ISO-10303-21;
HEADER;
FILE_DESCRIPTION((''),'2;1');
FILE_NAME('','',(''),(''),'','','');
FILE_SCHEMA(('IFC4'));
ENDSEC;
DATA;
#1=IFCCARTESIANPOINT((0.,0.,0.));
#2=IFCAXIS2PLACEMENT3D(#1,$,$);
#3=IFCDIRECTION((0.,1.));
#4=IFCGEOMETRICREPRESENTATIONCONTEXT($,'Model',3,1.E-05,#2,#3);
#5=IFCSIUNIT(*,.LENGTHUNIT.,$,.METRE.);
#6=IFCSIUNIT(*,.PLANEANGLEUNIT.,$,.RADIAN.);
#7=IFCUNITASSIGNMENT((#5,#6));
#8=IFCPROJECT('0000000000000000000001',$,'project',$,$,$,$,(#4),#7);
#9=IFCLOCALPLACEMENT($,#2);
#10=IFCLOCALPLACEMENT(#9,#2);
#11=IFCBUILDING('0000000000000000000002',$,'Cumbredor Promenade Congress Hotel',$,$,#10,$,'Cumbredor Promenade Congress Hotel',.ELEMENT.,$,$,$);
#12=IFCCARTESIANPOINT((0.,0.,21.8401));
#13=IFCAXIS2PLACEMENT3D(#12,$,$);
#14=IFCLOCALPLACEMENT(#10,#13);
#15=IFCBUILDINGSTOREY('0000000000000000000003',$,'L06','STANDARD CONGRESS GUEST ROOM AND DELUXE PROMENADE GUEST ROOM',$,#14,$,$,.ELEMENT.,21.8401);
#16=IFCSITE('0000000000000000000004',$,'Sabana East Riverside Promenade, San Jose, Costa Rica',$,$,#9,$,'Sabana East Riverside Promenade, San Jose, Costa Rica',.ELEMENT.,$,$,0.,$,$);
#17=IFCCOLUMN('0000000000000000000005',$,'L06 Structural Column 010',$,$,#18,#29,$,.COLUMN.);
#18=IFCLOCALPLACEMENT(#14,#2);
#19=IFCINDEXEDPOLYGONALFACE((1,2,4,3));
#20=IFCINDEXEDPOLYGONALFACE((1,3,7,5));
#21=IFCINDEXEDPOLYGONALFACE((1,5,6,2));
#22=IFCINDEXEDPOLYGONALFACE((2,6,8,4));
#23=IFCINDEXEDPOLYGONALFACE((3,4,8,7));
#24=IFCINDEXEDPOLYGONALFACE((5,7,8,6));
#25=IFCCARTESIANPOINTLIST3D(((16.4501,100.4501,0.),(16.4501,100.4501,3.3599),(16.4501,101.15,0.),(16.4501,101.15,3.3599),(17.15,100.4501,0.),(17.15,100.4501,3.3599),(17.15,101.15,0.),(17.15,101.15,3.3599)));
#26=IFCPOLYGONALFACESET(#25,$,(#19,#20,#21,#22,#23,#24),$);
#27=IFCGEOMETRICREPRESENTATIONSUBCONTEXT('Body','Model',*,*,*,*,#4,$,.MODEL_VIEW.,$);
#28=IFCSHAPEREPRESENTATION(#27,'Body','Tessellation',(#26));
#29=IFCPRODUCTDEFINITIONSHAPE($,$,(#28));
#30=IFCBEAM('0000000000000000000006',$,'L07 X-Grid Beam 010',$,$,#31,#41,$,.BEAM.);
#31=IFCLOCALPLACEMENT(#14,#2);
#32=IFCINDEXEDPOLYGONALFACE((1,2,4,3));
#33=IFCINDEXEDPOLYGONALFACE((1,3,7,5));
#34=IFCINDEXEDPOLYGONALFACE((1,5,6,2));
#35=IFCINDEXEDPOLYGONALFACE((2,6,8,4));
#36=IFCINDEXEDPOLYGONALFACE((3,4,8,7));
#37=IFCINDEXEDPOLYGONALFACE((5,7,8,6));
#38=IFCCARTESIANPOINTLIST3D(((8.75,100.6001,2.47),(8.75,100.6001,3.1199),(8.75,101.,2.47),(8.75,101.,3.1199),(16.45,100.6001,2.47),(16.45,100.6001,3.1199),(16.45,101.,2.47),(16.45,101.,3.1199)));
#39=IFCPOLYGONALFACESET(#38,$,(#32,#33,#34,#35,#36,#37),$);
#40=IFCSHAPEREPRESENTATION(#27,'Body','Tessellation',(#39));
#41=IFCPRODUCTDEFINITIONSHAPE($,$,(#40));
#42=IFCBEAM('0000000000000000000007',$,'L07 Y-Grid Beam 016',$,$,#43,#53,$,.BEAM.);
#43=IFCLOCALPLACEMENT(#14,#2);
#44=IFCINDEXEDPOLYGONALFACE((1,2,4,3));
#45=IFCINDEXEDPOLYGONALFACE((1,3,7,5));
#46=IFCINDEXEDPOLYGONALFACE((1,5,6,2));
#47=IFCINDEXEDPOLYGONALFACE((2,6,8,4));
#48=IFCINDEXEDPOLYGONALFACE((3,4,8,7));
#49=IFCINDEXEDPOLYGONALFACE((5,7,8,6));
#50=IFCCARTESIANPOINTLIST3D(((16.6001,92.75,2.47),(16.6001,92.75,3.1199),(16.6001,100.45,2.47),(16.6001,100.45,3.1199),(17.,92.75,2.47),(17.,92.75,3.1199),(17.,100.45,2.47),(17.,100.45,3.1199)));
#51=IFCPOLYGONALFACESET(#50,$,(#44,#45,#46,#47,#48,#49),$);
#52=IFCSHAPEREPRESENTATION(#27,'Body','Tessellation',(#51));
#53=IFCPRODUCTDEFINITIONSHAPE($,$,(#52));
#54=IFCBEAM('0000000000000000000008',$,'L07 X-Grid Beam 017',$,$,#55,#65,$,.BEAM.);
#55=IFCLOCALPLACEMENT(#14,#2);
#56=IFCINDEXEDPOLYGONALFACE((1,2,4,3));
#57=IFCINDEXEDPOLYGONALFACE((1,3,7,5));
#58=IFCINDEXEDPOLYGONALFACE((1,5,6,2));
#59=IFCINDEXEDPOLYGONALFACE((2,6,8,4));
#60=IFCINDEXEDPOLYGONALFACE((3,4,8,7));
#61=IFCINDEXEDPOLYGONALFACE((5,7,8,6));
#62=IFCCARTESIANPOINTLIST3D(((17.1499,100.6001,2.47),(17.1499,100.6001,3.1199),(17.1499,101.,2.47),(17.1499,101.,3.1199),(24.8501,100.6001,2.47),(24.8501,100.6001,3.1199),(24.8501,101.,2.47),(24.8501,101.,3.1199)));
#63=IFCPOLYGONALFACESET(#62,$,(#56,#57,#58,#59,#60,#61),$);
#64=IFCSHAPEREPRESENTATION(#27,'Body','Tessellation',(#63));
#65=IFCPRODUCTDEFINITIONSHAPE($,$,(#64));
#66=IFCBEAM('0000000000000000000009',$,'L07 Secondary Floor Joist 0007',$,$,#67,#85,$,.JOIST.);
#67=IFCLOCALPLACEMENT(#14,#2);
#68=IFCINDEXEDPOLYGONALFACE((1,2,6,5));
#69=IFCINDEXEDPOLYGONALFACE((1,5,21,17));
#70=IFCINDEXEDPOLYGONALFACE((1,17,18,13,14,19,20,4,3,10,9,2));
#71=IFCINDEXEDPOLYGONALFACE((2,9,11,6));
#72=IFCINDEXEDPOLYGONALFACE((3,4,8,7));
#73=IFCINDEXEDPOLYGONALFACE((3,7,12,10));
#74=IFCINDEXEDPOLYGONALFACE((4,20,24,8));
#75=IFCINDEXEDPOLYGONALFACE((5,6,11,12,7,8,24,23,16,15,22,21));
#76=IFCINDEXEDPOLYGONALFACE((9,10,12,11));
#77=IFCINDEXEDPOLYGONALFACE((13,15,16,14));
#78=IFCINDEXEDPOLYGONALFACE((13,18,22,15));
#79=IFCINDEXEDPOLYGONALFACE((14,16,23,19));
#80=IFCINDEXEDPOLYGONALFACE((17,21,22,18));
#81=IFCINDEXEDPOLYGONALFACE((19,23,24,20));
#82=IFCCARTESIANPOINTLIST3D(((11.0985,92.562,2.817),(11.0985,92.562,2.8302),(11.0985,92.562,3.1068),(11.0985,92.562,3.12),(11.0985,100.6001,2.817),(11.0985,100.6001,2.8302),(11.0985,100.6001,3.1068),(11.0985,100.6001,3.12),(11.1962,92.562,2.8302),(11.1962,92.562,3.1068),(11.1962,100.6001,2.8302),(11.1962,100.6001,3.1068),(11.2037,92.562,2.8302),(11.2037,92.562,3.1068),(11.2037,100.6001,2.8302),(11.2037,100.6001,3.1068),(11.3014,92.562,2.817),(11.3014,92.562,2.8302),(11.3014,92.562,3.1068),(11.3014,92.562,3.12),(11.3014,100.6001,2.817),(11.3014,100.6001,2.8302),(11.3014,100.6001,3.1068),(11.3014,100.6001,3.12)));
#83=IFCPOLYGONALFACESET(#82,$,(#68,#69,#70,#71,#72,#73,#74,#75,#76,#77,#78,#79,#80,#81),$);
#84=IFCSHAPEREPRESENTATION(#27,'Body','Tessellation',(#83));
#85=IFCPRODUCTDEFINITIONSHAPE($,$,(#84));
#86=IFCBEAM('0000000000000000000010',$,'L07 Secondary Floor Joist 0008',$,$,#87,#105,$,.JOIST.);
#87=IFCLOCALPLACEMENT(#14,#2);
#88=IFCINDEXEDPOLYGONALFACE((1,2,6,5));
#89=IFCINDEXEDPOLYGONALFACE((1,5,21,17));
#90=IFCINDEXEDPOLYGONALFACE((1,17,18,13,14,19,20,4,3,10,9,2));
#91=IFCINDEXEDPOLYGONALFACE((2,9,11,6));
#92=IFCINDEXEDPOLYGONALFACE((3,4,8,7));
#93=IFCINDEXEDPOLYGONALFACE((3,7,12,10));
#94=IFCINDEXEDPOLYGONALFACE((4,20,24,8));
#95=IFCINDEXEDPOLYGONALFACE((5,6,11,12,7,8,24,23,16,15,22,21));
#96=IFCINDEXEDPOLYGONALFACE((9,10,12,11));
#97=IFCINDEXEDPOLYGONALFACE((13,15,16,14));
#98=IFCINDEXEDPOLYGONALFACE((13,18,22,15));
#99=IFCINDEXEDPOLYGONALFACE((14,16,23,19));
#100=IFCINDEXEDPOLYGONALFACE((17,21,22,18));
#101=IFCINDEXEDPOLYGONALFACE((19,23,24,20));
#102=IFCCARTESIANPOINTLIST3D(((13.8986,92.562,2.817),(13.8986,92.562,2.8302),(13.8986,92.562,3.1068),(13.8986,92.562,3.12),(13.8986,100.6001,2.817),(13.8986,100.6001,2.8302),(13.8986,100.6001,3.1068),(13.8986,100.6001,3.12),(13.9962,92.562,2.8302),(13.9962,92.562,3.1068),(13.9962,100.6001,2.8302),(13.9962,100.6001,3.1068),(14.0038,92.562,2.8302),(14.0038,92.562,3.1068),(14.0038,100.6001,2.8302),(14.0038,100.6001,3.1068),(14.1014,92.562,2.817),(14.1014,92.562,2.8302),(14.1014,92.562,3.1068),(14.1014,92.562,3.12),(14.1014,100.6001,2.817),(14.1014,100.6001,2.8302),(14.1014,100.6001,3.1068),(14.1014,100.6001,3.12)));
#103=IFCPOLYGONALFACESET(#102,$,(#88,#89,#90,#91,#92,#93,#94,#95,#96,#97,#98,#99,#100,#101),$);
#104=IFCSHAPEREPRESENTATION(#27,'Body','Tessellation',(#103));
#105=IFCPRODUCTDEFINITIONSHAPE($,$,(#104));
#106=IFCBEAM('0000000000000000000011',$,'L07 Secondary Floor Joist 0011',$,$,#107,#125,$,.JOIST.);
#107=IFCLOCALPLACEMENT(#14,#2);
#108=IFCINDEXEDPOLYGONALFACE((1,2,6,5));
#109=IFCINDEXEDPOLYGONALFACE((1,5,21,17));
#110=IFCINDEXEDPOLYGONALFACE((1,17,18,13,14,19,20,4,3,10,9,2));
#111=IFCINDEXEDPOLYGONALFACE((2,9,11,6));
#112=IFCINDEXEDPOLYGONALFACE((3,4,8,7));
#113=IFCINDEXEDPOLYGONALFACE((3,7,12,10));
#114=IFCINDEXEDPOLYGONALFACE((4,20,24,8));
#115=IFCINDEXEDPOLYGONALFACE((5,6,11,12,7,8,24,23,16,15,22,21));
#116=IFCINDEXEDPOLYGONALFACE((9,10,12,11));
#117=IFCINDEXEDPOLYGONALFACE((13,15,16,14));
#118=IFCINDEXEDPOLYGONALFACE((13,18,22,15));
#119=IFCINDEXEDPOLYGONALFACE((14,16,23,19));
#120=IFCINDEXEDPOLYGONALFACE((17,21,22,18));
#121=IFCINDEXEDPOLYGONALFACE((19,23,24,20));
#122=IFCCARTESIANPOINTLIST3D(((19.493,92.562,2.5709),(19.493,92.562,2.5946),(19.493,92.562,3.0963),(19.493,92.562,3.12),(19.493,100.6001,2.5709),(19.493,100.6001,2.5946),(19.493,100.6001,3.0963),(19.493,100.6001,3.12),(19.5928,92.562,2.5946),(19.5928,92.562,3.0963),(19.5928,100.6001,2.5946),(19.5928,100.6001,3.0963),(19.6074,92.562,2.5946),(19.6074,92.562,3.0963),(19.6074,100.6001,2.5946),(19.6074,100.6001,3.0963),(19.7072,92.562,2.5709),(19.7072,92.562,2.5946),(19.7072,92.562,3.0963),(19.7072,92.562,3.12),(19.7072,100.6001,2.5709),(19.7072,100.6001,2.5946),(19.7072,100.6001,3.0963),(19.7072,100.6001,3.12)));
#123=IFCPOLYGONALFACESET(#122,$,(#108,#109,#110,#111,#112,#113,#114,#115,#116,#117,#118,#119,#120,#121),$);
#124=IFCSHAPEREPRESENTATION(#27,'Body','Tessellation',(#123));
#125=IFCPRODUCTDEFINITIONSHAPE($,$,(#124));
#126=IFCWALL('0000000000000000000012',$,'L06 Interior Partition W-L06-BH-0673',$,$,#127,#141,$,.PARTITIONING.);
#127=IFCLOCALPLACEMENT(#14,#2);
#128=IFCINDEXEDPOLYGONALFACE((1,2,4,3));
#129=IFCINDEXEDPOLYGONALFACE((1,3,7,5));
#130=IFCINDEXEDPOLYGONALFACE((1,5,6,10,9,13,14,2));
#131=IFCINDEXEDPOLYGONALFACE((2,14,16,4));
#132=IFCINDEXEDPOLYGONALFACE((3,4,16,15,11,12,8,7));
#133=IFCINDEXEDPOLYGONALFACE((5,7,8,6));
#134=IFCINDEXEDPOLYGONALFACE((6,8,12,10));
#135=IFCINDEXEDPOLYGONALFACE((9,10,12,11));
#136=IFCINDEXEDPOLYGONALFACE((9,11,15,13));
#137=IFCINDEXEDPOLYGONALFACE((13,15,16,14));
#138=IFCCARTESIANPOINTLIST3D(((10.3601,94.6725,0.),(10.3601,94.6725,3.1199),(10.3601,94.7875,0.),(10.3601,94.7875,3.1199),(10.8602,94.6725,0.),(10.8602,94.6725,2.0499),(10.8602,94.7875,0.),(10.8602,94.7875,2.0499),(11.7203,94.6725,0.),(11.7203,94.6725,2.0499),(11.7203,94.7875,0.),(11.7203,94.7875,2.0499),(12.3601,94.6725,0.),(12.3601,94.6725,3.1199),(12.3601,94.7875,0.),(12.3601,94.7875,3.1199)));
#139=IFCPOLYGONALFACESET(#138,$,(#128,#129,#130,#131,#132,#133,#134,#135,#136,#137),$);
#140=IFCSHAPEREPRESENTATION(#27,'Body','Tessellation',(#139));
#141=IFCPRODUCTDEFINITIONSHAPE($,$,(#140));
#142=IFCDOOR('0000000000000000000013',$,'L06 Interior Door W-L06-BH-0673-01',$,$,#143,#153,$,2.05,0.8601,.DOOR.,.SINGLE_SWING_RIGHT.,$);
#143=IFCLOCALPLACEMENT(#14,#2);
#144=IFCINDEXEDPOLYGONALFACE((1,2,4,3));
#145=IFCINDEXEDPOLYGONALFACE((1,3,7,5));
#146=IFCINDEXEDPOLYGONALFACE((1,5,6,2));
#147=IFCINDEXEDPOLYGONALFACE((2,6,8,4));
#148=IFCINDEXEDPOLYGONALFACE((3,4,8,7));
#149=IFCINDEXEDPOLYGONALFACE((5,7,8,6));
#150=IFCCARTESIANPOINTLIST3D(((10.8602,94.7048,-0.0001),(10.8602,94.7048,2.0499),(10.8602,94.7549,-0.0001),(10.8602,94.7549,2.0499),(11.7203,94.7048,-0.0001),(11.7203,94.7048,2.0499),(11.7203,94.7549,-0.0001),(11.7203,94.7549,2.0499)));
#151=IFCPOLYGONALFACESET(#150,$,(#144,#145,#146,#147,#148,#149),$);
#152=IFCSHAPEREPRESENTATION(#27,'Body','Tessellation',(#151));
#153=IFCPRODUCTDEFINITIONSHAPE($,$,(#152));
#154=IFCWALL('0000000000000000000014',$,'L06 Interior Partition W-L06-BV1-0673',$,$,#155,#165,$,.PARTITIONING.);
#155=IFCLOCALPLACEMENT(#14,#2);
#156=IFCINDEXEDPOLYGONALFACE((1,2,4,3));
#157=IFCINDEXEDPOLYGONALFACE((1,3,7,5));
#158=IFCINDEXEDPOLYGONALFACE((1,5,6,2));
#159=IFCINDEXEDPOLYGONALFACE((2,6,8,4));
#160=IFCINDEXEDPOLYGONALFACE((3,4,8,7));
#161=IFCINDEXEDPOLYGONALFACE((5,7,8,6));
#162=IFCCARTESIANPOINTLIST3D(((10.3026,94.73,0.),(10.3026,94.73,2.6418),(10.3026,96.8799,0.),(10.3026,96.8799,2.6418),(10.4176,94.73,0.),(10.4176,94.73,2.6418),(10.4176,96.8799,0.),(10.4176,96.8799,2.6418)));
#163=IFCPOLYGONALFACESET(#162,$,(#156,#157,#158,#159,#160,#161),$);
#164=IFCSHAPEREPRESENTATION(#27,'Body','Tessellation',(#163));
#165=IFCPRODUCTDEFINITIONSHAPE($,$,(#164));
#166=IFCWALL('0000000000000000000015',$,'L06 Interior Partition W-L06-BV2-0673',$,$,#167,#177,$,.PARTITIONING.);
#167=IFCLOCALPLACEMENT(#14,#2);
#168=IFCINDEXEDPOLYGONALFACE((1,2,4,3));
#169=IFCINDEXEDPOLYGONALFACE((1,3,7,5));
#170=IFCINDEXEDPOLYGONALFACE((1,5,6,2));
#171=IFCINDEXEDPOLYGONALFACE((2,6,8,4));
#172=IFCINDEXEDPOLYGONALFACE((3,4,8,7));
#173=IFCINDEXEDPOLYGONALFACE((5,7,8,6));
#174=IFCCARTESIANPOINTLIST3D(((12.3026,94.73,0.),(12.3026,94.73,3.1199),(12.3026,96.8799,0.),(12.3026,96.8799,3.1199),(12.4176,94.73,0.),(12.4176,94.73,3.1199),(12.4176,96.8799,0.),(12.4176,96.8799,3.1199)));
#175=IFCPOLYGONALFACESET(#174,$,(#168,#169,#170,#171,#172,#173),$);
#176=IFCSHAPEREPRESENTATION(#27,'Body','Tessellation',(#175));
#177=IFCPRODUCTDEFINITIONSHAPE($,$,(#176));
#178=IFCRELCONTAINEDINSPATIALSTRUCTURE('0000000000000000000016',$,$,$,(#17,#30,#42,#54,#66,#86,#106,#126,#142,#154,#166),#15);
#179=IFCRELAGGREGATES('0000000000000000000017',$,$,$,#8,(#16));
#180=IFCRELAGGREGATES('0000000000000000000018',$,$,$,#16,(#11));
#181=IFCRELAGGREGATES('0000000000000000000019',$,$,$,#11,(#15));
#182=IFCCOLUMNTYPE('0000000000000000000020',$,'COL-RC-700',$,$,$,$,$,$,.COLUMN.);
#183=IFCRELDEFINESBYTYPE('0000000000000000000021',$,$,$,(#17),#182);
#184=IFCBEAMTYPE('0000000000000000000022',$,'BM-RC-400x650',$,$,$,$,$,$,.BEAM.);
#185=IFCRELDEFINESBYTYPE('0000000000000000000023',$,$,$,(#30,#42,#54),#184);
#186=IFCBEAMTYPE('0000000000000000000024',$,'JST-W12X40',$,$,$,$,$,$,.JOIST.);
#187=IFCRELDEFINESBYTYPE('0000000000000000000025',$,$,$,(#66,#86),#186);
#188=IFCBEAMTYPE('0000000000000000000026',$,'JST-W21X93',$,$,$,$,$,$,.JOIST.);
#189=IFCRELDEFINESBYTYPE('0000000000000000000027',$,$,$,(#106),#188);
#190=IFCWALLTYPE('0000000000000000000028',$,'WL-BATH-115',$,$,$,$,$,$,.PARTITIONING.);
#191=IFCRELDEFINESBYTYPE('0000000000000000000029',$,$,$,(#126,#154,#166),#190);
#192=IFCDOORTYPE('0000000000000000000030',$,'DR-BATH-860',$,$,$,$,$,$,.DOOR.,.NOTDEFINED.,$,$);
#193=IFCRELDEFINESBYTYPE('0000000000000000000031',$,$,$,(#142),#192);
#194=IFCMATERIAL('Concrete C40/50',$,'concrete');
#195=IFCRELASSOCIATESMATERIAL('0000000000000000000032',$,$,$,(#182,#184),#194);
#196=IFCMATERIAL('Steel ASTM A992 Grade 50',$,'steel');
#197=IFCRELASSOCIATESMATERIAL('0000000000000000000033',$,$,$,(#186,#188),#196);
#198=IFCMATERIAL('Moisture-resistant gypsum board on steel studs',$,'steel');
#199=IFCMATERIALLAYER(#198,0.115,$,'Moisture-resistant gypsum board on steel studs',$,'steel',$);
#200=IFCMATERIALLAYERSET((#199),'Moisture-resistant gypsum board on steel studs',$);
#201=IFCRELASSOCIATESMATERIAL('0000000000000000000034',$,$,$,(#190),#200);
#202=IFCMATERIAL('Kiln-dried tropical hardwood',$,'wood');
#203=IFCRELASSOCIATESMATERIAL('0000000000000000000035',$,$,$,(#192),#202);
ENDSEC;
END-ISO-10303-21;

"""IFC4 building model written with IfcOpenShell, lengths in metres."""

from ifc_helpers import new_model, si_unit, direction, frame, frame_2d, origin, origin_2d, place, context, subcontext, project, spatial, rectangle, i_section, extrude, material, layer, layer_set, material_profile, profile_set, type_object, element, fill, save


model = new_model("IFC4")

# Units and contexts
model_context = context("Model", 3, precision=1e-05, world=origin(), true_north=direction((0.0, 1.0)))
body_context = subcontext(model_context, "Body", "Model", "MODEL_VIEW")
ifc_project = project(units=[si_unit("LENGTHUNIT", "METRE"), si_unit("PLANEANGLEUNIT", "RADIAN")], contexts=[model_context])

# Site, building, storey
site_placement = place(None, origin())
site = spatial("IfcSite", under=ifc_project, at=site_placement, Name="Sabana East Riverside Promenade, San Jose, Costa Rica", LongName="Sabana East Riverside Promenade, San Jose, Costa Rica", CompositionType="ELEMENT", RefElevation=0.0)
building_placement = place(site_placement, origin())
building = spatial("IfcBuilding", under=site, at=building_placement, Name="Cumbredor Promenade Congress Hotel", LongName="Cumbredor Promenade Congress Hotel", CompositionType="ELEMENT")
storey_placement = place(building_placement, frame((0.0, 0.0, 21.8401)))
storey = spatial("IfcBuildingStorey", under=building, at=storey_placement, Name="L06", Description="STANDARD CONGRESS GUEST ROOM AND DELUXE PROMENADE GUEST ROOM", CompositionType="ELEMENT", Elevation=21.8401)

# Column
ifc_material_1 = material(Name="Concrete C40/50", Category="concrete")
ifc_material_profile_1 = material_profile(ifc_material_1, rectangle(XDim=0.7, YDim=0.7, at=origin_2d()), Name="RC 700x700")
ifc_profile_set_1 = profile_set([ifc_material_profile_1], Name="Concrete C40/50")
column_type = type_object("IfcColumnType", Name="COL-RC-700", PredefinedType="COLUMN", material=ifc_profile_set_1)
column_placement = place(storey_placement, frame((16.8, 100.8, 0.0), z_axis=(0.0, 0.0, 1.0), x_axis=(1.0, 0.0, 0.0)))
element("IfcColumn", 1, at=column_placement, inside=storey, type_object=column_type, Name="L06 Structural Column 010", PredefinedType="COLUMN", context=body_context, shape_type="SweptSolid", body=[
    extrude(rectangle(XDim=0.7, YDim=0.7, at=origin_2d()), origin(), (0.0, 0.0, 1.0), 3.3599),
])

# Beams
ifc_material_profile_2 = material_profile(ifc_material_1, rectangle(XDim=0.3999, YDim=0.6499, at=origin_2d()), Name="RC BEAM 400x650")
ifc_profile_set_2 = profile_set([ifc_material_profile_2], Name="Concrete C40/50")
beam_type_1 = type_object("IfcBeamType", Name="BM-RC-400x650", PredefinedType="BEAM", material=ifc_profile_set_2)
for number, where, z_axis, x_axis, name in (
    (2, (8.75, 100.8, 2.7949), (1.0, 0.0, 0.0), (0.0, 1.0, 0.0), "L07 X-Grid Beam 010"),
    (3, (16.8, 92.75, 2.7949), (0.0, 1.0, 0.0), (-1.0, 0.0, 0.0), "L07 Y-Grid Beam 016"),
):
    element("IfcBeam", number, at=place(storey_placement, frame(where, z_axis=z_axis, x_axis=x_axis)), inside=storey, type_object=beam_type_1, Name=name, PredefinedType="BEAM", context=body_context, shape_type="SweptSolid", body=[
        extrude(rectangle(XDim=0.3999, YDim=0.6499, at=origin_2d()), origin(), (0.0, 0.0, 1.0), 7.7),
    ])
beam_1_placement = place(storey_placement, frame((17.1499, 100.8, 2.7949), z_axis=(1.0, 0.0, 0.0), x_axis=(0.0, 1.0, 0.0)))
element("IfcBeam", 4, at=beam_1_placement, inside=storey, type_object=beam_type_1, Name="L07 X-Grid Beam 017", PredefinedType="BEAM", context=body_context, shape_type="SweptSolid", body=[
    extrude(rectangle(XDim=0.3999, YDim=0.6499, at=origin_2d()), origin(), (0.0, 0.0, 1.0), 7.7002),
])
ifc_material_2 = material(Name="Steel ASTM A992 Grade 50", Category="steel")
ifc_material_profile_3 = material_profile(ifc_material_2, i_section(OverallWidth=0.2029, OverallDepth=0.303, WebThickness=0.0076, FlangeThickness=0.0132, at=origin_2d()), Name="W12X40")
ifc_profile_set_3 = profile_set([ifc_material_profile_3], Name="Steel ASTM A992 Grade 50")
beam_type_2 = type_object("IfcBeamType", Name="JST-W12X40", PredefinedType="JOIST", material=ifc_profile_set_3)
for number, where, z_axis, x_axis, name in (
    (5, (11.2, 92.562, 2.9685), (0.0, 1.0, 0.0), (-1.0, 0.0, 0.0), "L07 Secondary Floor Joist 0007"),
    (6, (14.0, 92.562, 2.9685), (0.0, 1.0, 0.0), (-1.0, 0.0, 0.0), "L07 Secondary Floor Joist 0008"),
):
    element("IfcBeam", number, at=place(storey_placement, frame(where, z_axis=z_axis, x_axis=x_axis)), inside=storey, type_object=beam_type_2, Name=name, PredefinedType="JOIST", context=body_context, shape_type="SweptSolid", body=[
        extrude(i_section(OverallWidth=0.2029, OverallDepth=0.303, WebThickness=0.0076, FlangeThickness=0.0132, at=origin_2d()), origin(), (0.0, 0.0, 1.0), 8.0381),
    ])
ifc_material_profile_4 = material_profile(ifc_material_2, i_section(OverallWidth=0.2141, OverallDepth=0.5491, WebThickness=0.0146, FlangeThickness=0.0237, at=origin_2d()), Name="W21X93")
ifc_profile_set_4 = profile_set([ifc_material_profile_4], Name="Steel ASTM A992 Grade 50")
beam_type_3 = type_object("IfcBeamType", Name="JST-W21X93", PredefinedType="JOIST", material=ifc_profile_set_4)
beam_2_placement = place(storey_placement, frame((19.6001, 92.562, 2.8455), z_axis=(0.0, 1.0, 0.0), x_axis=(-1.0, 0.0, 0.0)))
element("IfcBeam", 7, at=beam_2_placement, inside=storey, type_object=beam_type_3, Name="L07 Secondary Floor Joist 0011", PredefinedType="JOIST", context=body_context, shape_type="SweptSolid", body=[
    extrude(i_section(OverallWidth=0.2141, OverallDepth=0.5491, WebThickness=0.0146, FlangeThickness=0.0237, at=origin_2d()), origin(), (0.0, 0.0, 1.0), 8.0381),
])

# Wall, opening, door
ifc_material_3 = material(Name="Moisture-resistant gypsum board on steel studs", Category="steel")
ifc_layer_1 = layer(ifc_material_3, 0.115, Name="Moisture-resistant gypsum board on steel studs", Category="steel")
ifc_layer_set_1 = layer_set([ifc_layer_1], Name="Moisture-resistant gypsum board on steel studs")
wall_type_1 = type_object("IfcWallType", Name="WL-BATH-115", PredefinedType="PARTITIONING", material=ifc_layer_set_1)
wall_1_placement = place(storey_placement, frame((10.3601, 94.73, 0.0), z_axis=(0.0, 0.0, 1.0), x_axis=(1.0, 0.0, 0.0)))
wall_1 = element("IfcWall", 8, at=wall_1_placement, inside=storey, type_object=wall_type_1, Name="L06 Interior Partition W-L06-BH-0673", PredefinedType="PARTITIONING", context=body_context, shape_type="SweptSolid", body=[
    extrude(rectangle(XDim=2.0, YDim=0.115, at=frame_2d((1.0, 0.0))), origin(), (0.0, 0.0, 1.0), 3.1199),
])
opening_1_placement = place(wall_1_placement, frame((0.5, 0.0, 0.0)))
opening_1 = element("IfcOpeningElement", 9, at=opening_1_placement, cuts=wall_1, PredefinedType="OPENING", context=body_context, shape_type="SweptSolid", body=[
    extrude(rectangle(XDim=0.8601, YDim=2.05, at=frame_2d((0.4302, 1.0249))), frame((0.0, 0.0674, 0.0), z_axis=(0.0, -1.0, 0.0), x_axis=(1.0, 0.0, 0.0)), (0.0, 0.0, 1.0), 0.135),
])
ifc_material_4 = material(Name="Kiln-dried tropical hardwood", Category="wood")
door_type_1 = type_object("IfcDoorType", Name="DR-BATH-860", OperationType="NOTDEFINED", PredefinedType="DOOR", material=ifc_material_4)
door_1_placement = place(opening_1_placement, origin())
door_1 = element("IfcDoor", 10, at=door_1_placement, inside=storey, type_object=door_type_1, Name="L06 Interior Door W-L06-BH-0673-01", OperationType="SINGLE_SWING_RIGHT", OverallHeight=2.05, OverallWidth=0.8601, PredefinedType="DOOR", context=body_context, shape_type="SweptSolid", body=[
    extrude(rectangle(XDim=0.8601, YDim=2.05, at=frame_2d((0.4302, 1.0249))), frame((0.0, 0.0249, 0.0), z_axis=(0.0, -1.0, 0.0), x_axis=(1.0, 0.0, 0.0)), (0.0, 0.0, 1.0), 0.05),
])
fill(opening_1, door_1)

# Walls
wall_2_placement = place(storey_placement, frame((10.3601, 94.73, 0.0), z_axis=(0.0, 0.0, 1.0), x_axis=(0.0, 1.0, 0.0)))
element("IfcWall", 11, at=wall_2_placement, inside=storey, type_object=wall_type_1, Name="L06 Interior Partition W-L06-BV1-0673", PredefinedType="PARTITIONING", context=body_context, shape_type="SweptSolid", body=[
    extrude(rectangle(XDim=2.1499, YDim=0.115, at=frame_2d((1.075, 0.0))), origin(), (0.0, 0.0, 1.0), 2.6418),
])
wall_3_placement = place(storey_placement, frame((12.3601, 94.73, 0.0), z_axis=(0.0, 0.0, 1.0), x_axis=(0.0, 1.0, 0.0)))
element("IfcWall", 12, at=wall_3_placement, inside=storey, type_object=wall_type_1, Name="L06 Interior Partition W-L06-BV2-0673", PredefinedType="PARTITIONING", context=body_context, shape_type="SweptSolid", body=[
    extrude(rectangle(XDim=2.1499, YDim=0.115, at=frame_2d((1.075, 0.0))), origin(), (0.0, 0.0, 1.0), 3.1199),
])

save(model, "model.ifc")
